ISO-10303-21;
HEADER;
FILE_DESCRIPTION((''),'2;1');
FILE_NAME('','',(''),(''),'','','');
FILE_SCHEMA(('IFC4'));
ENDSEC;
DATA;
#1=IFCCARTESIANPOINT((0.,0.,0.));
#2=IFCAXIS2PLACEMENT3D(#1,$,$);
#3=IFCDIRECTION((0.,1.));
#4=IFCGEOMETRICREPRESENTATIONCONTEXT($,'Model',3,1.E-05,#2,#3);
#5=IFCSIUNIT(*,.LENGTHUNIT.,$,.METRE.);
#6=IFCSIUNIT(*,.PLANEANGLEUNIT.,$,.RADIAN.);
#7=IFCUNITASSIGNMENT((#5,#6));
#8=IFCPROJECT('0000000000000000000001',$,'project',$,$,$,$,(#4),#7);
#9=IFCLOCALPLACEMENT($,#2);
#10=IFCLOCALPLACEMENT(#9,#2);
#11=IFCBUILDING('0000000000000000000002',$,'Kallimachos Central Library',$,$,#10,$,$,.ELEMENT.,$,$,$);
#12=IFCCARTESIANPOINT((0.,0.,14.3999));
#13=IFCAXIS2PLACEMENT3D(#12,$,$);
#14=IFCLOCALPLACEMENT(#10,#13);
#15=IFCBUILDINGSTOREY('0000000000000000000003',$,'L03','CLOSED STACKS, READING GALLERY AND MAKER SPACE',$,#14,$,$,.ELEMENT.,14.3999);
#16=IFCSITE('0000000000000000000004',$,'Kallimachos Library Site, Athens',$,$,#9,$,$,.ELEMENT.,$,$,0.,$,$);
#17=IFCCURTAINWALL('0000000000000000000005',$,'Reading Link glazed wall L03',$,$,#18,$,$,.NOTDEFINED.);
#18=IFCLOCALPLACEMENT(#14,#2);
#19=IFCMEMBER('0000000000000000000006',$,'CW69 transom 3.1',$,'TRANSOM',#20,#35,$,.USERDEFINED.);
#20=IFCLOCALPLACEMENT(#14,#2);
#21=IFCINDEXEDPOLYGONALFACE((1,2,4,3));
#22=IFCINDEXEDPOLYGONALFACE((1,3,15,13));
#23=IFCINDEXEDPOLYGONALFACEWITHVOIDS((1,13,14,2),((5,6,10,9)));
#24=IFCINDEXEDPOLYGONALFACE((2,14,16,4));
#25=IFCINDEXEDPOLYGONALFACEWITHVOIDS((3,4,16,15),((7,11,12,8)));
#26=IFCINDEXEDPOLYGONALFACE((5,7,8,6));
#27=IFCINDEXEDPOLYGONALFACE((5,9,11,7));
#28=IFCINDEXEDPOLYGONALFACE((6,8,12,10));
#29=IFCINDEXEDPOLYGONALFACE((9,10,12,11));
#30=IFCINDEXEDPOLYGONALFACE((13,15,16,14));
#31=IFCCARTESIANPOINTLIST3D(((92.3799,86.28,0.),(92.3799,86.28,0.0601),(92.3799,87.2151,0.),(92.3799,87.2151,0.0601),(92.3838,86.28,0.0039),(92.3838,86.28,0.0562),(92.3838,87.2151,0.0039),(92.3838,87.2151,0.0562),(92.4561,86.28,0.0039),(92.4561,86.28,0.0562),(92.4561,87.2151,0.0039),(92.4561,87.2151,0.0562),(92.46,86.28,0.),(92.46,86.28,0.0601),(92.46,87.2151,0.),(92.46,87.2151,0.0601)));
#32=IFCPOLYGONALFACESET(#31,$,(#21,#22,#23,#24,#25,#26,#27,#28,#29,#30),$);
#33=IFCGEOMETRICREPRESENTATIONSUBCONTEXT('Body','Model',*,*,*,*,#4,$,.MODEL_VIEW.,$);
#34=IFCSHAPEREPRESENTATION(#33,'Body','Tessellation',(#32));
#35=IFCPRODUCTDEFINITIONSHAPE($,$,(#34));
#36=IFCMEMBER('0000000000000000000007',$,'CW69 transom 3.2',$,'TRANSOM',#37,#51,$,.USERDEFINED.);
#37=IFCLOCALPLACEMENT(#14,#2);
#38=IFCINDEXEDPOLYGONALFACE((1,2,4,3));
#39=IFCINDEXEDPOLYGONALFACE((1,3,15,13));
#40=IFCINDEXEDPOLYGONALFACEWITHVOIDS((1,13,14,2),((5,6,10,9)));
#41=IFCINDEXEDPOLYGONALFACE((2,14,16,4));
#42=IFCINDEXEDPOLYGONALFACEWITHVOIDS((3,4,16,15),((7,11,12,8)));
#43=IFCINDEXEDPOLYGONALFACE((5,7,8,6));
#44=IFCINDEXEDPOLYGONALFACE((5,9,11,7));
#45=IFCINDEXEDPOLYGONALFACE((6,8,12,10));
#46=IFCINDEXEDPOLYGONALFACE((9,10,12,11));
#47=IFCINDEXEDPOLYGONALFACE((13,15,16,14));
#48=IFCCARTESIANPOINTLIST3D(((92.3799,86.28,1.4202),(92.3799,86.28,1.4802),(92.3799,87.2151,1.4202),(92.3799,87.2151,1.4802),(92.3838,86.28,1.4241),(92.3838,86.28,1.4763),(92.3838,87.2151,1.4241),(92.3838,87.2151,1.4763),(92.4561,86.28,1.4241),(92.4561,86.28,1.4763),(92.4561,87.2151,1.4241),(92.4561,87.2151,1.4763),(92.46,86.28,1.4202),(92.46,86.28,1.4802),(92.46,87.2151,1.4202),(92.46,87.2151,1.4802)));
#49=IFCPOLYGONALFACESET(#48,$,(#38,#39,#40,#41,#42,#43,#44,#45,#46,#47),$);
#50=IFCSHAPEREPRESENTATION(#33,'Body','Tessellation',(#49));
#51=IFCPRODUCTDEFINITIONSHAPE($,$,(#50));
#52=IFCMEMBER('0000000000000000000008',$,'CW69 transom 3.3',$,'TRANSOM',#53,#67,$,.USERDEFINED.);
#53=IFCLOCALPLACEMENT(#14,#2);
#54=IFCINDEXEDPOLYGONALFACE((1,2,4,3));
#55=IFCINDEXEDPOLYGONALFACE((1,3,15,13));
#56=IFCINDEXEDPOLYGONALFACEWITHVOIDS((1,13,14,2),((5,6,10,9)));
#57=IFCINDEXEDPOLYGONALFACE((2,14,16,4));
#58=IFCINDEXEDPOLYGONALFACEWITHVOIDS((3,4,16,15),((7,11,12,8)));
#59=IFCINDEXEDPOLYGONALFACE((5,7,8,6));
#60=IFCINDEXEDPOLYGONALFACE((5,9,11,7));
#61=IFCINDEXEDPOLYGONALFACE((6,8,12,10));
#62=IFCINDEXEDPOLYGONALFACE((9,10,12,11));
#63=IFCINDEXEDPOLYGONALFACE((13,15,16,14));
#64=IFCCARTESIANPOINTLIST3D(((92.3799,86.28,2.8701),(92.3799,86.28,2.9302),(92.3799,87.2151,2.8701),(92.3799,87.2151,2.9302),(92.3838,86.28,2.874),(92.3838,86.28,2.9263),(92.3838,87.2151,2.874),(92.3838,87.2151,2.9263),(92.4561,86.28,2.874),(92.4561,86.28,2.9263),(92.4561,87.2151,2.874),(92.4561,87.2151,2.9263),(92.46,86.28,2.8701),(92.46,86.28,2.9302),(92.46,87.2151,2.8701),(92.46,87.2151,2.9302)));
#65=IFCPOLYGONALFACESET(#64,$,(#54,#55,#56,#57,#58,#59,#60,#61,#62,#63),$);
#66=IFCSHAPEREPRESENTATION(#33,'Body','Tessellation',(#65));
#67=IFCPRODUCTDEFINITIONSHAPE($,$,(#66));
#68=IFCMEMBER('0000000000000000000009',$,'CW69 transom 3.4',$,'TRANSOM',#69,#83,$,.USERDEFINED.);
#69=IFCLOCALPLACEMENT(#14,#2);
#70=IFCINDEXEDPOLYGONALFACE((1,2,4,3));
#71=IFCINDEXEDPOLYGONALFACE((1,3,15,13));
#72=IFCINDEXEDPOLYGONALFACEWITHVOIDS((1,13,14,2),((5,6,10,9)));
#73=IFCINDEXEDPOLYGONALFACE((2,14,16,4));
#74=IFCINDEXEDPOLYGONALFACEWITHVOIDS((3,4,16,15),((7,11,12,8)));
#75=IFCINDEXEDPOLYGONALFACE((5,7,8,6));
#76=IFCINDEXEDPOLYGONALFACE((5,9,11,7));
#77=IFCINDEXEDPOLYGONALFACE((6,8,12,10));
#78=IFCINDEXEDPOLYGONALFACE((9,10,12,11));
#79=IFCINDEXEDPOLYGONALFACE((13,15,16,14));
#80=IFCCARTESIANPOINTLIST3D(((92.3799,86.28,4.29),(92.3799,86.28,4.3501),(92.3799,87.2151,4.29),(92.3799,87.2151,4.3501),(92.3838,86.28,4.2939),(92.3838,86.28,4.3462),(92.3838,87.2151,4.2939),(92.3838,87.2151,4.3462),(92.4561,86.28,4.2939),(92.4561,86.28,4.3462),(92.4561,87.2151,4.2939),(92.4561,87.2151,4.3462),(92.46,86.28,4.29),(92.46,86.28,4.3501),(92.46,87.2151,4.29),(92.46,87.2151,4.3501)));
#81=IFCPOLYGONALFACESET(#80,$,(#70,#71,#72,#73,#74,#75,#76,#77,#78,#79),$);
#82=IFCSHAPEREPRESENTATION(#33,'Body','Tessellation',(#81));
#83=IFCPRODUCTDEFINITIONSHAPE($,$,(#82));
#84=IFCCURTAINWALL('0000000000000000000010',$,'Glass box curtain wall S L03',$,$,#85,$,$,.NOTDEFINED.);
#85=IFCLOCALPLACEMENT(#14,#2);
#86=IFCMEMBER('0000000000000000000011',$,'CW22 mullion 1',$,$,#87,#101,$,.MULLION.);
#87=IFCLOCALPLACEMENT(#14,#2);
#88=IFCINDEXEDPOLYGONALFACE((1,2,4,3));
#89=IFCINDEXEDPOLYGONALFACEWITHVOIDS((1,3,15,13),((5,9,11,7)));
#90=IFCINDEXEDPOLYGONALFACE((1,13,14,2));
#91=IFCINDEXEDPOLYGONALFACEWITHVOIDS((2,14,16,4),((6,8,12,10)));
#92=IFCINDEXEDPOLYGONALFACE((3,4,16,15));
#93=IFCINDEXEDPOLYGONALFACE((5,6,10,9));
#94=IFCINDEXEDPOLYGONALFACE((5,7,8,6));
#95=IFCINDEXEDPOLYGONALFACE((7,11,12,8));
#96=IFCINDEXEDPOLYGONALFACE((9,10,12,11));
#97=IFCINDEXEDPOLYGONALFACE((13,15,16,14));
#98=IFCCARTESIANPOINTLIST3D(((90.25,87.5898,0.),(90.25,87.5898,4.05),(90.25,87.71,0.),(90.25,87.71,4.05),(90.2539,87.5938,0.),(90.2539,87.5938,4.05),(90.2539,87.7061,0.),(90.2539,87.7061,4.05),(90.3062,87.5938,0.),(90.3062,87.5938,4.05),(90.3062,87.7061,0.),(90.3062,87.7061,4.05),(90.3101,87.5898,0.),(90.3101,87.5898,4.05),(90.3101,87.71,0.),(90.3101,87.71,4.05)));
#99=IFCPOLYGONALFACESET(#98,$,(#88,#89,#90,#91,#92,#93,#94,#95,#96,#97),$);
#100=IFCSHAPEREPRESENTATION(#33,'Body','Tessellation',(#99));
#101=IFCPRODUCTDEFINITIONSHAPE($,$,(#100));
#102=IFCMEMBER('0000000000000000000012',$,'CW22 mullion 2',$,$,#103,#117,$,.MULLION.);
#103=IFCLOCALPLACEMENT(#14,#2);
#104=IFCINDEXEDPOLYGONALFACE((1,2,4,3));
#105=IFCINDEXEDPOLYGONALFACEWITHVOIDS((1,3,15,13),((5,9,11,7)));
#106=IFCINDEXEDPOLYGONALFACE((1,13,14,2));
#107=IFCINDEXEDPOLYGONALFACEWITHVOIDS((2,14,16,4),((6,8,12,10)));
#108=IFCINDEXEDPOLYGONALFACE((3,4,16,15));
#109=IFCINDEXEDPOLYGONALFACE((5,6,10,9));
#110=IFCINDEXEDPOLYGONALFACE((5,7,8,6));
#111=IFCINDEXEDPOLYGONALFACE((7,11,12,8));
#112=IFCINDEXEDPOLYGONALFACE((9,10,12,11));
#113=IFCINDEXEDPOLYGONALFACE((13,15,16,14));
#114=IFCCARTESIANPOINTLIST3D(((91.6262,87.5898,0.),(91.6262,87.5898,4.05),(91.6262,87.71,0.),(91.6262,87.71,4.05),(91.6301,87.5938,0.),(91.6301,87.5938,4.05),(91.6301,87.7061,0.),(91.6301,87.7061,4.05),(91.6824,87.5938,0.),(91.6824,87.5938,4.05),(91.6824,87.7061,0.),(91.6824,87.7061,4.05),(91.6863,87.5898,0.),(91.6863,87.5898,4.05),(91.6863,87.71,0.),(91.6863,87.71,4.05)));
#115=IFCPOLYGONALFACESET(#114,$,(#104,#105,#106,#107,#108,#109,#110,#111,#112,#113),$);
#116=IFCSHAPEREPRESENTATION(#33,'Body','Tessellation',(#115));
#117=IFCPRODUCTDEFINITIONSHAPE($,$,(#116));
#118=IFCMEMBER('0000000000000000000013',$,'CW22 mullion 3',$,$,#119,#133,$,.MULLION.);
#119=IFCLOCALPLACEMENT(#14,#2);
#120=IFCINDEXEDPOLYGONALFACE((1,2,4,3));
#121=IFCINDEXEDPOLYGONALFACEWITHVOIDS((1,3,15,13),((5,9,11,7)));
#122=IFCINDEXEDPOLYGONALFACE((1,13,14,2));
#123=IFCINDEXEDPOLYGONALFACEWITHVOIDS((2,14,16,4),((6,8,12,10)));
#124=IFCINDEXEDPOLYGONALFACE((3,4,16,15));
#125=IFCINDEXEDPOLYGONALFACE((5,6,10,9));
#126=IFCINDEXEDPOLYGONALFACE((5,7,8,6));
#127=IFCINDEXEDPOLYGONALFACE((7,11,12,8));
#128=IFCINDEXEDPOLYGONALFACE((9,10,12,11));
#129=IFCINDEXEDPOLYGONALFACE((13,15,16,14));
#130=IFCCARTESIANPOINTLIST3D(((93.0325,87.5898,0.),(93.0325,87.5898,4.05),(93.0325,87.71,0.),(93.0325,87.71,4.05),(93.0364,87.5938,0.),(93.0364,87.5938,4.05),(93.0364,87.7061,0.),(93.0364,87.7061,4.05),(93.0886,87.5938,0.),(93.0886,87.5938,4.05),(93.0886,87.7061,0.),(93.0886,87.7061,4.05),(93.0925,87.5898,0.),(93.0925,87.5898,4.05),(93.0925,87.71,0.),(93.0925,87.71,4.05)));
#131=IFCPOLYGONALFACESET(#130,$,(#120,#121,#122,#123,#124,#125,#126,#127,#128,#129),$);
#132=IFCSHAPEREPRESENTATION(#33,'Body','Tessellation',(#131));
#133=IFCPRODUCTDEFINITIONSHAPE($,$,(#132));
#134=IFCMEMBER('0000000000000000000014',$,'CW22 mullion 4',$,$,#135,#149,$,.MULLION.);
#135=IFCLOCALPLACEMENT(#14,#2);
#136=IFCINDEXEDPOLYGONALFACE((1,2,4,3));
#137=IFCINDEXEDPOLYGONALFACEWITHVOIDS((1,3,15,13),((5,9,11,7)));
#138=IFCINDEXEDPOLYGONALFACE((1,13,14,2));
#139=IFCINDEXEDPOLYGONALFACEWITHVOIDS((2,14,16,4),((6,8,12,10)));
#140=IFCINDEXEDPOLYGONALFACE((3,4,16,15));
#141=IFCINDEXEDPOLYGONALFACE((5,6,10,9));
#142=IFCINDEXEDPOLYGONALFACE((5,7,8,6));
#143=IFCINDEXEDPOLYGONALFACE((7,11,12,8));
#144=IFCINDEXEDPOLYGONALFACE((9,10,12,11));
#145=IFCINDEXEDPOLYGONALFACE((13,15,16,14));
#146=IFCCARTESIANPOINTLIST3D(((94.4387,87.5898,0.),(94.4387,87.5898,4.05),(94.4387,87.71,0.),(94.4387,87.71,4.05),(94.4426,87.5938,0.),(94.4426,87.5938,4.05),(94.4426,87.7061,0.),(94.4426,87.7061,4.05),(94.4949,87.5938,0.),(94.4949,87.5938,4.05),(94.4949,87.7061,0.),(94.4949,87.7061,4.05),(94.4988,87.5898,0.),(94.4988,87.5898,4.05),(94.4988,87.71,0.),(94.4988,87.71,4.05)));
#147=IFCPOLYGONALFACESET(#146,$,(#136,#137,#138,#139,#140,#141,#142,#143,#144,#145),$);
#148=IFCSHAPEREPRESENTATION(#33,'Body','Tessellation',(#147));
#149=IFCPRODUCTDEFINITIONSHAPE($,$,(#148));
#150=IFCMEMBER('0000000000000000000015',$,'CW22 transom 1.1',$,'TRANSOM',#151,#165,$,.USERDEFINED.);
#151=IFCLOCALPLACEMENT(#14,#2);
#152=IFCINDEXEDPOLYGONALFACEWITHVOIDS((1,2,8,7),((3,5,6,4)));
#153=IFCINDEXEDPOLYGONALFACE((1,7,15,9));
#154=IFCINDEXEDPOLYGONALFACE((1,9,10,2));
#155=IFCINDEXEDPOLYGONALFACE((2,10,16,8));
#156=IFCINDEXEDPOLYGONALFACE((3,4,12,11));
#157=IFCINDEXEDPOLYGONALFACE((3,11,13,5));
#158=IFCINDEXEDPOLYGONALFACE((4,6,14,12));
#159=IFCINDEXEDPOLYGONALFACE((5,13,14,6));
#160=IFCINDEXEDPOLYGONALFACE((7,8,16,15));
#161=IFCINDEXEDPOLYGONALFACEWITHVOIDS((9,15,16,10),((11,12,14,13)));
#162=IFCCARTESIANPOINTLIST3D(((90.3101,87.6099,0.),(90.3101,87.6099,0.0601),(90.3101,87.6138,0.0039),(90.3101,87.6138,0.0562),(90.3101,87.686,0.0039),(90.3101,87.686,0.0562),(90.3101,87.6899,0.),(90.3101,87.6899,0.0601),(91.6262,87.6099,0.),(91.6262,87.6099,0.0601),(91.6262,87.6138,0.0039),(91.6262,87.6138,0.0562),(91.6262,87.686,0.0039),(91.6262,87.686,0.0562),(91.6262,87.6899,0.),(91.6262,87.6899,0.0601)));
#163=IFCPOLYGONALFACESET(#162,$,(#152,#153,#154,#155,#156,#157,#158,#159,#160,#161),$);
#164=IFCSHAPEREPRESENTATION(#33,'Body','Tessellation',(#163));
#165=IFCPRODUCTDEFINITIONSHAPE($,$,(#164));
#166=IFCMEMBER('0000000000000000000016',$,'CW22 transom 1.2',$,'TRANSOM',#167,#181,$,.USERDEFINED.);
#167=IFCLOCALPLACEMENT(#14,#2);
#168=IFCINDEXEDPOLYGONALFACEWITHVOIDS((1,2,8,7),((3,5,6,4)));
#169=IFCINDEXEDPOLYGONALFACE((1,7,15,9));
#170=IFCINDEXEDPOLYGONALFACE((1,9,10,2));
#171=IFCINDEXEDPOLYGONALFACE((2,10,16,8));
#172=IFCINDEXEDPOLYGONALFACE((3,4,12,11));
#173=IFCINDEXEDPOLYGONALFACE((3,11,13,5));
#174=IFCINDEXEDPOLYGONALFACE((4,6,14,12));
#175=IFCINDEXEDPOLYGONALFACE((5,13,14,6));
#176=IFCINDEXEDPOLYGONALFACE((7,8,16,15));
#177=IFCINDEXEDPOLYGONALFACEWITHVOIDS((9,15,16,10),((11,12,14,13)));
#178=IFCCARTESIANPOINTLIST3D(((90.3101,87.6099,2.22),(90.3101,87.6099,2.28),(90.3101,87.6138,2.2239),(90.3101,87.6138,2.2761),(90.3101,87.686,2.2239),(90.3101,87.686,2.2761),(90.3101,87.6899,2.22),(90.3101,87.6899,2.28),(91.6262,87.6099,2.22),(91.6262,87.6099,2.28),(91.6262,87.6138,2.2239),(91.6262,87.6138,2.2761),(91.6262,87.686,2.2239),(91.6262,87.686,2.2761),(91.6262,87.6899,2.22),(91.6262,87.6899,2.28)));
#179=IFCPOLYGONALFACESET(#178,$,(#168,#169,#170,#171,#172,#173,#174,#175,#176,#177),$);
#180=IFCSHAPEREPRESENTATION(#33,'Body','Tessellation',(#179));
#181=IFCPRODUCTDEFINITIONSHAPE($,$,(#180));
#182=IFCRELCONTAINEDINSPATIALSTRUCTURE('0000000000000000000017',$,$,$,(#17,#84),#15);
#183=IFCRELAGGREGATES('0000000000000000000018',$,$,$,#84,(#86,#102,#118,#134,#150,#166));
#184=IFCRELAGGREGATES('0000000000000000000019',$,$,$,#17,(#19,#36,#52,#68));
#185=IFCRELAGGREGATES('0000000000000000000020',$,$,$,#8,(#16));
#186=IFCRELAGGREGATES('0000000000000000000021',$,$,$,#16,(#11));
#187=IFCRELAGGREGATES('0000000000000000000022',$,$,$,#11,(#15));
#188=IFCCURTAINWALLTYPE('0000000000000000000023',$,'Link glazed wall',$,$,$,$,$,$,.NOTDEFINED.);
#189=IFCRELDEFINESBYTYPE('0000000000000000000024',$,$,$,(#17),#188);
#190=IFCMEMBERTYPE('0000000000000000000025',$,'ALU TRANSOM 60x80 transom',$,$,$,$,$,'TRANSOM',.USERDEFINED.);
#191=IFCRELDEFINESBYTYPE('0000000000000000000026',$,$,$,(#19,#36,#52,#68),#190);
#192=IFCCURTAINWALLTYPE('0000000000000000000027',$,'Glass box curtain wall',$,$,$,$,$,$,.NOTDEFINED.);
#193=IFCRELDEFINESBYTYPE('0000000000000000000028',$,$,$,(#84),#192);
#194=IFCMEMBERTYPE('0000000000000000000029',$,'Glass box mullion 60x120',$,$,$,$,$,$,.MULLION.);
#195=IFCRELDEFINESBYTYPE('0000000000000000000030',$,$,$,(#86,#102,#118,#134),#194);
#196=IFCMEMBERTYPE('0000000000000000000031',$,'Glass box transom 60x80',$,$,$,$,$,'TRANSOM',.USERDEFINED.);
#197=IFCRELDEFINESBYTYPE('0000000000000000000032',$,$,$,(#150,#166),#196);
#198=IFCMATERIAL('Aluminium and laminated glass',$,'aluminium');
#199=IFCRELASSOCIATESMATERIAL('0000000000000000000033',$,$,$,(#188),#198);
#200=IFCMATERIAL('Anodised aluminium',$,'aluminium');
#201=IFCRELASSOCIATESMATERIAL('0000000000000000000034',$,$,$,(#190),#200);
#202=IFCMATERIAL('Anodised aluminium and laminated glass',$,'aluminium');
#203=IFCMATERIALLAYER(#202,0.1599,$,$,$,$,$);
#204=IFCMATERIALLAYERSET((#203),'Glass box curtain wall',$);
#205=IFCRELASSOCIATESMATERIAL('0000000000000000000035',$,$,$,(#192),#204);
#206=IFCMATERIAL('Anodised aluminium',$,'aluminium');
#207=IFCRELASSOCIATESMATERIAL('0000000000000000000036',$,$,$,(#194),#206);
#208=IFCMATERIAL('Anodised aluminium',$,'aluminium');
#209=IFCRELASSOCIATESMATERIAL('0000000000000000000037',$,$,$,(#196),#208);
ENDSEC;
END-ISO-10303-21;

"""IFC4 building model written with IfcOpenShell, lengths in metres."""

from ifc_helpers import new_model, si_unit, direction, frame, origin, origin_2d, place, context, subcontext, project, spatial, hollow_rectangle, extrude, material, layer, layer_set, material_profile, profile_set, type_object, element, aggregate, save


model = new_model("IFC4")

# Units and contexts
model_context = context("Model", 3, precision=1e-05, world=origin(), true_north=direction((0.0, 1.0)))
body_context = subcontext(model_context, "Body", "Model", "MODEL_VIEW")
ifc_project = project(units=[si_unit("LENGTHUNIT", "METRE"), si_unit("PLANEANGLEUNIT", "RADIAN")], contexts=[model_context])

# Site, building, storey
site_placement = place(None, origin())
site = spatial("IfcSite", under=ifc_project, at=site_placement, Name="Kallimachos Library Site, Athens", CompositionType="ELEMENT", RefElevation=0.0)
building_placement = place(site_placement, origin())
building = spatial("IfcBuilding", under=site, at=building_placement, Name="Kallimachos Central Library", CompositionType="ELEMENT")
storey_placement = place(building_placement, frame((0.0, 0.0, 14.3999)))
storey = spatial("IfcBuildingStorey", under=building, at=storey_placement, Name="L03", Description="CLOSED STACKS, READING GALLERY AND MAKER SPACE", CompositionType="ELEMENT", Elevation=14.3999)

# Curtain walls, members
ifc_material_1 = material(Name="Aluminium and laminated glass", Category="aluminium")
curtain_wall_type_1 = type_object("IfcCurtainWallType", Name="Link glazed wall", PredefinedType="NOTDEFINED", material=ifc_material_1)
curtain_wall_1_placement = place(storey_placement, origin())
curtain_wall_1 = element("IfcCurtainWall", 1, at=curtain_wall_1_placement, inside=storey, type_object=curtain_wall_type_1, Name="Reading Link glazed wall L03", PredefinedType="NOTDEFINED")
ifc_material_2 = material(Name="Anodised aluminium", Category="aluminium")
ifc_material_profile_1 = material_profile(ifc_material_2, hollow_rectangle(XDim=0.0601, YDim=0.0801, WallThickness=0.0039, at=origin_2d()), Name="ALU TRANSOM 60x80")
ifc_profile_set_1 = profile_set([ifc_material_profile_1], Name="Anodised aluminium")
member_type_1 = type_object("IfcMemberType", Name="ALU TRANSOM 60x80 transom", ElementType="TRANSOM", PredefinedType="USERDEFINED", material=ifc_profile_set_1)
member_1_placement = place(storey_placement, frame((92.4199, 86.28, 0.03), z_axis=(0.0, 1.0, 0.0), x_axis=(0.0, 0.0, 1.0)))
member_1 = element("IfcMember", 2, at=member_1_placement, type_object=member_type_1, Name="CW69 transom 3.1", ObjectType="TRANSOM", PredefinedType="USERDEFINED", context=body_context, shape_type="SweptSolid", body=[
    extrude(hollow_rectangle(XDim=0.0601, YDim=0.0801, WallThickness=0.0039, at=origin_2d()), origin(), (0.0, 0.0, 1.0), 0.9351),
])
member_2_placement = place(storey_placement, frame((92.4199, 86.28, 1.4502), z_axis=(0.0, 1.0, 0.0), x_axis=(0.0, 0.0, 1.0)))
member_2 = element("IfcMember", 3, at=member_2_placement, type_object=member_type_1, Name="CW69 transom 3.2", ObjectType="TRANSOM", PredefinedType="USERDEFINED", context=body_context, shape_type="SweptSolid", body=[
    extrude(hollow_rectangle(XDim=0.0601, YDim=0.0801, WallThickness=0.0039, at=origin_2d()), origin(), (0.0, 0.0, 1.0), 0.9351),
])
member_3_placement = place(storey_placement, frame((92.4199, 86.28, 2.9001), z_axis=(0.0, 1.0, 0.0), x_axis=(0.0, 0.0, 1.0)))
member_3 = element("IfcMember", 4, at=member_3_placement, type_object=member_type_1, Name="CW69 transom 3.3", ObjectType="TRANSOM", PredefinedType="USERDEFINED", context=body_context, shape_type="SweptSolid", body=[
    extrude(hollow_rectangle(XDim=0.0601, YDim=0.0801, WallThickness=0.0039, at=origin_2d()), origin(), (0.0, 0.0, 1.0), 0.9351),
])
member_4_placement = place(storey_placement, frame((92.4199, 86.28, 4.3201), z_axis=(0.0, 1.0, 0.0), x_axis=(0.0, 0.0, 1.0)))
member_4 = element("IfcMember", 5, at=member_4_placement, type_object=member_type_1, Name="CW69 transom 3.4", ObjectType="TRANSOM", PredefinedType="USERDEFINED", context=body_context, shape_type="SweptSolid", body=[
    extrude(hollow_rectangle(XDim=0.0601, YDim=0.0801, WallThickness=0.0039, at=origin_2d()), origin(), (0.0, 0.0, 1.0), 0.9351),
])
ifc_material_3 = material(Name="Anodised aluminium and laminated glass", Category="aluminium")
ifc_layer_1 = layer(ifc_material_3, 0.1599)
ifc_layer_set_1 = layer_set([ifc_layer_1], Name="Glass box curtain wall")
curtain_wall_type_2 = type_object("IfcCurtainWallType", Name="Glass box curtain wall", PredefinedType="NOTDEFINED", material=ifc_layer_set_1)
curtain_wall_2_placement = place(storey_placement, origin())
curtain_wall_2 = element("IfcCurtainWall", 6, at=curtain_wall_2_placement, inside=storey, type_object=curtain_wall_type_2, Name="Glass box curtain wall S L03", PredefinedType="NOTDEFINED")
ifc_material_4 = material(Name="Anodised aluminium", Category="aluminium")
ifc_material_profile_2 = material_profile(ifc_material_4, hollow_rectangle(XDim=0.0601, YDim=0.1201, WallThickness=0.0039, at=origin_2d()), Name="ALU MULLION 60x120")
ifc_profile_set_2 = profile_set([ifc_material_profile_2], Name="Anodised aluminium")
member_type_2 = type_object("IfcMemberType", Name="Glass box mullion 60x120", PredefinedType="MULLION", material=ifc_profile_set_2)
member_5_placement = place(storey_placement, frame((90.28, 87.6499, 0.0), z_axis=(0.0, 0.0, 1.0), x_axis=(1.0, 0.0, 0.0)))
member_5 = element("IfcMember", 7, at=member_5_placement, type_object=member_type_2, Name="CW22 mullion 1", PredefinedType="MULLION", context=body_context, shape_type="SweptSolid", body=[
    extrude(hollow_rectangle(XDim=0.0601, YDim=0.1201, WallThickness=0.0039, at=origin_2d()), origin(), (0.0, 0.0, 1.0), 4.05),
])
member_6_placement = place(storey_placement, frame((91.6562, 87.6499, 0.0), z_axis=(0.0, 0.0, 1.0), x_axis=(1.0, 0.0, 0.0)))
member_6 = element("IfcMember", 8, at=member_6_placement, type_object=member_type_2, Name="CW22 mullion 2", PredefinedType="MULLION", context=body_context, shape_type="SweptSolid", body=[
    extrude(hollow_rectangle(XDim=0.0601, YDim=0.1201, WallThickness=0.0039, at=origin_2d()), origin(), (0.0, 0.0, 1.0), 4.05),
])
member_7_placement = place(storey_placement, frame((93.0625, 87.6499, 0.0), z_axis=(0.0, 0.0, 1.0), x_axis=(1.0, 0.0, 0.0)))
member_7 = element("IfcMember", 9, at=member_7_placement, type_object=member_type_2, Name="CW22 mullion 3", PredefinedType="MULLION", context=body_context, shape_type="SweptSolid", body=[
    extrude(hollow_rectangle(XDim=0.0601, YDim=0.1201, WallThickness=0.0039, at=origin_2d()), origin(), (0.0, 0.0, 1.0), 4.05),
])
member_8_placement = place(storey_placement, frame((94.4688, 87.6499, 0.0), z_axis=(0.0, 0.0, 1.0), x_axis=(1.0, 0.0, 0.0)))
member_8 = element("IfcMember", 10, at=member_8_placement, type_object=member_type_2, Name="CW22 mullion 4", PredefinedType="MULLION", context=body_context, shape_type="SweptSolid", body=[
    extrude(hollow_rectangle(XDim=0.0601, YDim=0.1201, WallThickness=0.0039, at=origin_2d()), origin(), (0.0, 0.0, 1.0), 4.05),
])
ifc_material_5 = material(Name="Anodised aluminium", Category="aluminium")
ifc_material_profile_3 = material_profile(ifc_material_5, hollow_rectangle(XDim=0.0601, YDim=0.0801, WallThickness=0.0039, at=origin_2d()), Name="ALU TRANSOM 60x80")
ifc_profile_set_3 = profile_set([ifc_material_profile_3], Name="Anodised aluminium")
member_type_3 = type_object("IfcMemberType", Name="Glass box transom 60x80", ElementType="TRANSOM", PredefinedType="USERDEFINED", material=ifc_profile_set_3)
member_9_placement = place(storey_placement, frame((90.3101, 87.6499, 0.03), z_axis=(1.0, 0.0, 0.0), x_axis=(0.0, 0.0, 1.0)))
member_9 = element("IfcMember", 11, at=member_9_placement, type_object=member_type_3, Name="CW22 transom 1.1", ObjectType="TRANSOM", PredefinedType="USERDEFINED", context=body_context, shape_type="SweptSolid", body=[
    extrude(hollow_rectangle(XDim=0.0601, YDim=0.0801, WallThickness=0.0039, at=origin_2d()), origin(), (0.0, 0.0, 1.0), 1.3162),
])
member_10_placement = place(storey_placement, frame((90.3101, 87.6499, 2.25), z_axis=(1.0, 0.0, 0.0), x_axis=(0.0, 0.0, 1.0)))
member_10 = element("IfcMember", 12, at=member_10_placement, type_object=member_type_3, Name="CW22 transom 1.2", ObjectType="TRANSOM", PredefinedType="USERDEFINED", context=body_context, shape_type="SweptSolid", body=[
    extrude(hollow_rectangle(XDim=0.0601, YDim=0.0801, WallThickness=0.0039, at=origin_2d()), origin(), (0.0, 0.0, 1.0), 1.3162),
])

aggregate(curtain_wall_2, [member_5, member_6, member_7, member_8, member_9, member_10])
aggregate(curtain_wall_1, [member_1, member_2, member_3, member_4])

save(model, "model.ifc")
